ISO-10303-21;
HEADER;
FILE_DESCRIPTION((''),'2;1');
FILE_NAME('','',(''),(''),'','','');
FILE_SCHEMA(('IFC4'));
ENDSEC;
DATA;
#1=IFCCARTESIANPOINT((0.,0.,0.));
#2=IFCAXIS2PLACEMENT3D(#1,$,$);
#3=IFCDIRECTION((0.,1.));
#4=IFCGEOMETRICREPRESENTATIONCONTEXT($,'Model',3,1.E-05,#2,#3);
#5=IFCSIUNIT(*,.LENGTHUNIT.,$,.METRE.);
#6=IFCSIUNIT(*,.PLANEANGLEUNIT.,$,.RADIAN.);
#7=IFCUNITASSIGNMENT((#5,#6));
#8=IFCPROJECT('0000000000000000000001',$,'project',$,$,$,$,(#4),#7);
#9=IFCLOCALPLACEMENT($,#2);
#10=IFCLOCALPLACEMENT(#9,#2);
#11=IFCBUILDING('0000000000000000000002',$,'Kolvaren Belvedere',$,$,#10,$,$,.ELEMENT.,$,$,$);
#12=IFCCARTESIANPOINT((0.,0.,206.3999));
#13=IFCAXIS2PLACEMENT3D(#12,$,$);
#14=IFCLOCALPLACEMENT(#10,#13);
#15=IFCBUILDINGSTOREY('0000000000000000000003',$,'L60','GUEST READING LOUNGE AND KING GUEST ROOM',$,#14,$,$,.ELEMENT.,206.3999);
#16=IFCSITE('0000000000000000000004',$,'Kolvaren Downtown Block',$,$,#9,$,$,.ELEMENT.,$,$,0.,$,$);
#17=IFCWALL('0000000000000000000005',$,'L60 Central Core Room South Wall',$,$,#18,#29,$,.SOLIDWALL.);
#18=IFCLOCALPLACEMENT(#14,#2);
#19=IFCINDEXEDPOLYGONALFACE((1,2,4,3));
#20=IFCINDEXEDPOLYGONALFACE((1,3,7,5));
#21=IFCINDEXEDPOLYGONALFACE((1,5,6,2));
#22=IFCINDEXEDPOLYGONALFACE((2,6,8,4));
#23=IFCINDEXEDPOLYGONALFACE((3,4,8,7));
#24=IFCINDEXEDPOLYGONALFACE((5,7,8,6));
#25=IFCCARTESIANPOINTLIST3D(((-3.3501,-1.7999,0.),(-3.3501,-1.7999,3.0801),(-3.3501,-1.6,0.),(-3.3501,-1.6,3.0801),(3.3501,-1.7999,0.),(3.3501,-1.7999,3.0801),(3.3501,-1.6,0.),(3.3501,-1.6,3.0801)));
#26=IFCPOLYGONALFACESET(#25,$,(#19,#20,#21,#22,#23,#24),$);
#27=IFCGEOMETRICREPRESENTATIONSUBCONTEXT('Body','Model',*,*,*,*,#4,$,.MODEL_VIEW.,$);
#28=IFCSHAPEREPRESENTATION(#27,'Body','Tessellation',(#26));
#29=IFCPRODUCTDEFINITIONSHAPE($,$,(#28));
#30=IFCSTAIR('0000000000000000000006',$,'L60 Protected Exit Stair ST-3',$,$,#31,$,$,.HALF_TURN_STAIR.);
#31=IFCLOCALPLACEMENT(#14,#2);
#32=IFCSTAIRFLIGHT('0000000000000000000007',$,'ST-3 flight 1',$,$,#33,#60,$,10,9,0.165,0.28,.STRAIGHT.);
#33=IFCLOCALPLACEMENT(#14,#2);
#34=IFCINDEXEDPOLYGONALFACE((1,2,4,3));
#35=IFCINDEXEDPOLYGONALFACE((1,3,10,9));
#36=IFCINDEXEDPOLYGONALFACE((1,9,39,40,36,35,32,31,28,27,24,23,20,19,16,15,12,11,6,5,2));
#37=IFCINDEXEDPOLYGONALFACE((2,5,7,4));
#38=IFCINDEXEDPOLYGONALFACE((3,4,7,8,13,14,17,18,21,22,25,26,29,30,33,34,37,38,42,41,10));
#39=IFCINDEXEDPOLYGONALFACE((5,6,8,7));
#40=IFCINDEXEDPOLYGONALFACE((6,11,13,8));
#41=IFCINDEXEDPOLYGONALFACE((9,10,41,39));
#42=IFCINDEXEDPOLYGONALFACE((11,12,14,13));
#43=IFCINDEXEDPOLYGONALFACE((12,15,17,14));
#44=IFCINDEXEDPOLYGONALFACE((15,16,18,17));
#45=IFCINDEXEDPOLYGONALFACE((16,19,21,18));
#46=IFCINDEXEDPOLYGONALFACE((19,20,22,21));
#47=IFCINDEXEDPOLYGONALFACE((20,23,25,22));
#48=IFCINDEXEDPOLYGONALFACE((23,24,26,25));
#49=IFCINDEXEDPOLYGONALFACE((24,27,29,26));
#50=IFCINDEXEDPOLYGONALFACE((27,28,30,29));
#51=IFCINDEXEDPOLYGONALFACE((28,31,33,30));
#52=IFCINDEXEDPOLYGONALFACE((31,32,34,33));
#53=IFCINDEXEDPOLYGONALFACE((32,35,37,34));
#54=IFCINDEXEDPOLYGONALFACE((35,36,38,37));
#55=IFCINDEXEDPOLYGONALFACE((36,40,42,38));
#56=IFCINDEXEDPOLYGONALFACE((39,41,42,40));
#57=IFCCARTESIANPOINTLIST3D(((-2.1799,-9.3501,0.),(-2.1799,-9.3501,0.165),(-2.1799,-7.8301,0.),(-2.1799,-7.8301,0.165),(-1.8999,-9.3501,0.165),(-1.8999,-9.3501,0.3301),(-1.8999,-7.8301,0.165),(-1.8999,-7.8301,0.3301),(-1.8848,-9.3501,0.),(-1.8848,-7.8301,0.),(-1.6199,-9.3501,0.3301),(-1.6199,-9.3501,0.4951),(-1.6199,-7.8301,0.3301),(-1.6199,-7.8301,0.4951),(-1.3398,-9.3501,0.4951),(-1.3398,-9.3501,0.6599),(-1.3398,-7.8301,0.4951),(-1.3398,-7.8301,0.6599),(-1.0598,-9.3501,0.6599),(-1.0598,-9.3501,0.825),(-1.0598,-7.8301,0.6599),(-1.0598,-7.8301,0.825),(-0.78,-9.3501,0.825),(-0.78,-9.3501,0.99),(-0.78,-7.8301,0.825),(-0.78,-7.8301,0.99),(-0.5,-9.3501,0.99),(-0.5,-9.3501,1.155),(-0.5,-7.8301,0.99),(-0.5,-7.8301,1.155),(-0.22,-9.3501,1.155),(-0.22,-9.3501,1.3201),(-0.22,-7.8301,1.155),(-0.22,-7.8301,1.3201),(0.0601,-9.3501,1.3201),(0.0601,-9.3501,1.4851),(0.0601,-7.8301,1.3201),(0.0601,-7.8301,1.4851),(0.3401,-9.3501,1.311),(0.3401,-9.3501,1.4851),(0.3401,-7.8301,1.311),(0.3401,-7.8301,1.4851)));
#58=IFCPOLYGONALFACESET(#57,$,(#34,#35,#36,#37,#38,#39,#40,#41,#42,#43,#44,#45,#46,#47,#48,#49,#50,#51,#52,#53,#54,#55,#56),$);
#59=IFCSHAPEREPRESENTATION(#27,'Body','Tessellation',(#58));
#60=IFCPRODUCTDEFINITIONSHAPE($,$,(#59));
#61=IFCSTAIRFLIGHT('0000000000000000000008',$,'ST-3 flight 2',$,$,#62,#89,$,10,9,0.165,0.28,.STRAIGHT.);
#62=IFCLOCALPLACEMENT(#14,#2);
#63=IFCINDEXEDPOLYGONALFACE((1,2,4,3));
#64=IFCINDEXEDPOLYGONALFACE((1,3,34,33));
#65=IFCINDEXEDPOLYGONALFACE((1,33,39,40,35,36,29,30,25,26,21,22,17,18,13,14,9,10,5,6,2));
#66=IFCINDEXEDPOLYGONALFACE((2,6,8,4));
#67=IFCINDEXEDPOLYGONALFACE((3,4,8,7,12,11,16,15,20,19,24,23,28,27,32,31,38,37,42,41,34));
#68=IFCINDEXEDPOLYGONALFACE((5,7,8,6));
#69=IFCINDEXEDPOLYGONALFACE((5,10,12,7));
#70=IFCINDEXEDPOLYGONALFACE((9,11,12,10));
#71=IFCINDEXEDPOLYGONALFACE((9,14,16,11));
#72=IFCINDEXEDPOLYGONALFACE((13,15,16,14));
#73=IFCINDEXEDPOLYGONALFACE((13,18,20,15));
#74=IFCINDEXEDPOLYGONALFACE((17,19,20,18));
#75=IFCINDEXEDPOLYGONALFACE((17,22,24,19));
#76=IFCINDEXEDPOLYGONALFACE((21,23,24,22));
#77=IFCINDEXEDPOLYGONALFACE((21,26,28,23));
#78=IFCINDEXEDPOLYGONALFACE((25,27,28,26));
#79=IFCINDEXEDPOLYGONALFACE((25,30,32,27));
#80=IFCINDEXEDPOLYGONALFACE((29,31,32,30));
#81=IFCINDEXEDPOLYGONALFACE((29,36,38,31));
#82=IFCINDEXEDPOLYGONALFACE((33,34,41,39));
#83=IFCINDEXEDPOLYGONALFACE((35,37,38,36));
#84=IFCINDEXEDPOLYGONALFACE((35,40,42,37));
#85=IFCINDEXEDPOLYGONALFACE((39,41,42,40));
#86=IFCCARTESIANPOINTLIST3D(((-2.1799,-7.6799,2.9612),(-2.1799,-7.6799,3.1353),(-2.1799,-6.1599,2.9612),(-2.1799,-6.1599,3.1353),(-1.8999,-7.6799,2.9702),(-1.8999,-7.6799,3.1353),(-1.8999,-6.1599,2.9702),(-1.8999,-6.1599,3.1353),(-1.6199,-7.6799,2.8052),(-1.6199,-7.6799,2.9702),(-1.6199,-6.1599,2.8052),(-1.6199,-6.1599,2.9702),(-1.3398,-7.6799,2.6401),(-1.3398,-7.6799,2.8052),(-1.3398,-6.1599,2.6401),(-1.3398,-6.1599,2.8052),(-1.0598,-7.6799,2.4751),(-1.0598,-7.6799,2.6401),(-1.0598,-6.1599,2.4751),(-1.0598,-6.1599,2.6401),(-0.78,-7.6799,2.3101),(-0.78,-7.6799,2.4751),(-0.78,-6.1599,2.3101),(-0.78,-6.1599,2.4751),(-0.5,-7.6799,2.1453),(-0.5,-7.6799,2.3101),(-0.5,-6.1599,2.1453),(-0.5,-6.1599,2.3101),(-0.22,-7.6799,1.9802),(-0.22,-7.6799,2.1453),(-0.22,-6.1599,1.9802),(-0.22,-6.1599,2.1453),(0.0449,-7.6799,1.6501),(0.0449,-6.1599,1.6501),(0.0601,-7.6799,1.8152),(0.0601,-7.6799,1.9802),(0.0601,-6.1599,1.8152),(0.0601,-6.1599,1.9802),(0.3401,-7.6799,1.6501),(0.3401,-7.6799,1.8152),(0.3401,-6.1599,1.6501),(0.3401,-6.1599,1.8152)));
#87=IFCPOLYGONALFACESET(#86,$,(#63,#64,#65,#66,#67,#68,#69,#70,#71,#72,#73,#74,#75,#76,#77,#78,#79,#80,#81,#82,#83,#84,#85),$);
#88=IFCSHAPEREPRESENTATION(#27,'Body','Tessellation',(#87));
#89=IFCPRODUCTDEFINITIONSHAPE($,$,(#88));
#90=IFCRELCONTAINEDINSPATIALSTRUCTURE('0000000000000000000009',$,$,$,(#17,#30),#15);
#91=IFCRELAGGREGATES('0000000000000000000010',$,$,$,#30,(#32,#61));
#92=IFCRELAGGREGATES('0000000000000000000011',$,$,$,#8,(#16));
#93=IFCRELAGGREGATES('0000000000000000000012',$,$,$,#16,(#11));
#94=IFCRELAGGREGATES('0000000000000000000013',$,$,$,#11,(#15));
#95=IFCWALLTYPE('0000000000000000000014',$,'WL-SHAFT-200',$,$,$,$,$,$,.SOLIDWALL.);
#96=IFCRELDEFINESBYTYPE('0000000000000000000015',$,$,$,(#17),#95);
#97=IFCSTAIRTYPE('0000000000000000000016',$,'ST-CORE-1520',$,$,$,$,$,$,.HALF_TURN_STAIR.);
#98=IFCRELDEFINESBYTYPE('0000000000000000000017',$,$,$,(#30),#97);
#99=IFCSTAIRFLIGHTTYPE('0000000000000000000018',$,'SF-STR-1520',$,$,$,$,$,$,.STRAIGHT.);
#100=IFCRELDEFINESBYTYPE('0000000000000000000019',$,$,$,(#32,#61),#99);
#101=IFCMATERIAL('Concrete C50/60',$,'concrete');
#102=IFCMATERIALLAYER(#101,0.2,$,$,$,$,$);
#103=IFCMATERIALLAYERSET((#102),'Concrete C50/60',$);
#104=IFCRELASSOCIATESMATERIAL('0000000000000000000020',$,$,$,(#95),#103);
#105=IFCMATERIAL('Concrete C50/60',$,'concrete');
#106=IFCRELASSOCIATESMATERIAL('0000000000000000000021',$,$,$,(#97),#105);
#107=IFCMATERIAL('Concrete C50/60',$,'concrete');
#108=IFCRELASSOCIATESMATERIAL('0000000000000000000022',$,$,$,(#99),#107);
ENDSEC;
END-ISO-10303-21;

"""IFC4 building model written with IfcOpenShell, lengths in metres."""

from ifc_helpers import new_model, si_unit, direction, frame, frame_2d, origin, place, context, subcontext, project, spatial, polyline, rectangle, outline, extrude, material, layer, layer_set, type_object, element, aggregate, save


model = new_model("IFC4")

# Units and contexts
model_context = context("Model", 3, precision=1e-05, world=origin(), true_north=direction((0.0, 1.0)))
body_context = subcontext(model_context, "Body", "Model", "MODEL_VIEW")
ifc_project = project(units=[si_unit("LENGTHUNIT", "METRE"), si_unit("PLANEANGLEUNIT", "RADIAN")], contexts=[model_context])

# Site, building, storey
site_placement = place(None, origin())
site = spatial("IfcSite", under=ifc_project, at=site_placement, Name="Kolvaren Downtown Block", CompositionType="ELEMENT", RefElevation=0.0)
building_placement = place(site_placement, origin())
building = spatial("IfcBuilding", under=site, at=building_placement, Name="Kolvaren Belvedere", CompositionType="ELEMENT")
storey_placement = place(building_placement, frame((0.0, 0.0, 206.3999)))
storey = spatial("IfcBuildingStorey", under=building, at=storey_placement, Name="L60", Description="GUEST READING LOUNGE AND KING GUEST ROOM", CompositionType="ELEMENT", Elevation=206.3999)

# Shared definitions
ifc_material_1 = material(Name="Concrete C50/60", Category="concrete")
ifc_layer_1 = layer(ifc_material_1, 0.2)
ifc_layer_set_1 = layer_set([ifc_layer_1], Name="Concrete C50/60")
wall_type_1 = type_object("IfcWallType", Name="WL-SHAFT-200", PredefinedType="SOLIDWALL", material=ifc_layer_set_1)

# Wall
wall_1_placement = place(storey_placement, frame((-3.3501, -1.7, 0.0), z_axis=(0.0, 0.0, 1.0), x_axis=(1.0, 0.0, 0.0)))
element("IfcWall", 1, at=wall_1_placement, inside=storey, type_object=wall_type_1, Name="L60 Central Core Room South Wall", PredefinedType="SOLIDWALL", context=body_context, shape_type="SweptSolid", body=[
    extrude(rectangle(XDim=6.7002, YDim=0.2, at=frame_2d((3.3501, 0.0))), origin(), (0.0, 0.0, 1.0), 3.0801),
])

# Stair, stair flights
ifc_material_2 = material(Name="Concrete C50/60", Category="concrete")
stair_type = type_object("IfcStairType", Name="ST-CORE-1520", PredefinedType="HALF_TURN_STAIR", material=ifc_material_2)
stair_placement = place(storey_placement, origin())
stair = element("IfcStair", 2, at=stair_placement, inside=storey, type_object=stair_type, Name="L60 Protected Exit Stair ST-3", PredefinedType="HALF_TURN_STAIR")
ifc_material_3 = material(Name="Concrete C50/60", Category="concrete")
stair_flight_type = type_object("IfcStairFlightType", Name="SF-STR-1520", PredefinedType="STRAIGHT", material=ifc_material_3)
stair_flight_1_placement = place(storey_placement, frame((-2.1799, -8.5901, 0.0), z_axis=(0.0, 0.0, 1.0), x_axis=(1.0, 0.0, 0.0)))
stair_flight_1 = element("IfcStairFlight", 3, at=stair_flight_1_placement, type_object=stair_flight_type, Name="ST-3 flight 1", NumberOfRisers=10, NumberOfTreads=9, PredefinedType="STRAIGHT", RiserHeight=0.165, TreadLength=0.28, context=body_context, shape_type="SweptSolid", body=[
    extrude(outline(polyline([(0.0, 0.0), (0.0, 0.165), (0.28, 0.165), (0.28, 0.3301), (0.5601, 0.3301), (0.5601, 0.4951), (0.8401, 0.4951), (0.8401, 0.6599), (1.1201, 0.6599), (1.1201, 0.825), (1.3999, 0.825), (1.3999, 0.99), (1.6799, 0.99), (1.6799, 1.155), (1.96, 1.155), (1.96, 1.3201), (2.24, 1.3201), (2.24, 1.4851), (2.52, 1.4851), (2.52, 1.6499), (2.52, 1.311), (0.2952, 0.0), (0.0, 0.0)])), frame((0.0, 0.76, 0.0), z_axis=(0.0, -1.0, 0.0), x_axis=(1.0, 0.0, 0.0)), (0.0, 0.0, 1.0), 1.52),
])
stair_flight_2_placement = place(storey_placement, frame((0.3401, -6.9199, 1.6501), z_axis=(0.0, 0.0, 1.0), x_axis=(-1.0, 0.0, 0.0)))
stair_flight_2 = element("IfcStairFlight", 4, at=stair_flight_2_placement, type_object=stair_flight_type, Name="ST-3 flight 2", NumberOfRisers=10, NumberOfTreads=9, PredefinedType="STRAIGHT", RiserHeight=0.165, TreadLength=0.28, context=body_context, shape_type="SweptSolid", body=[
    extrude(outline(polyline([(0.0, 0.0), (0.0, 0.165), (0.28, 0.165), (0.28, 0.3301), (0.5601, 0.3301), (0.5601, 0.4951), (0.8401, 0.4951), (0.8401, 0.6599), (1.1201, 0.6599), (1.1201, 0.825), (1.3999, 0.825), (1.3999, 0.99), (1.6799, 0.99), (1.6799, 1.155), (1.96, 1.155), (1.96, 1.3201), (2.24, 1.3201), (2.24, 1.4851), (2.52, 1.4851), (2.52, 1.6499), (2.52, 1.311), (0.2952, 0.0), (0.0, 0.0)])), frame((0.0, 0.76, 0.0), z_axis=(0.0, -1.0, 0.0), x_axis=(1.0, 0.0, 0.0)), (0.0, 0.0, 1.0), 1.52),
])
aggregate(stair, [stair_flight_1, stair_flight_2])

save(model, "model.ifc")
